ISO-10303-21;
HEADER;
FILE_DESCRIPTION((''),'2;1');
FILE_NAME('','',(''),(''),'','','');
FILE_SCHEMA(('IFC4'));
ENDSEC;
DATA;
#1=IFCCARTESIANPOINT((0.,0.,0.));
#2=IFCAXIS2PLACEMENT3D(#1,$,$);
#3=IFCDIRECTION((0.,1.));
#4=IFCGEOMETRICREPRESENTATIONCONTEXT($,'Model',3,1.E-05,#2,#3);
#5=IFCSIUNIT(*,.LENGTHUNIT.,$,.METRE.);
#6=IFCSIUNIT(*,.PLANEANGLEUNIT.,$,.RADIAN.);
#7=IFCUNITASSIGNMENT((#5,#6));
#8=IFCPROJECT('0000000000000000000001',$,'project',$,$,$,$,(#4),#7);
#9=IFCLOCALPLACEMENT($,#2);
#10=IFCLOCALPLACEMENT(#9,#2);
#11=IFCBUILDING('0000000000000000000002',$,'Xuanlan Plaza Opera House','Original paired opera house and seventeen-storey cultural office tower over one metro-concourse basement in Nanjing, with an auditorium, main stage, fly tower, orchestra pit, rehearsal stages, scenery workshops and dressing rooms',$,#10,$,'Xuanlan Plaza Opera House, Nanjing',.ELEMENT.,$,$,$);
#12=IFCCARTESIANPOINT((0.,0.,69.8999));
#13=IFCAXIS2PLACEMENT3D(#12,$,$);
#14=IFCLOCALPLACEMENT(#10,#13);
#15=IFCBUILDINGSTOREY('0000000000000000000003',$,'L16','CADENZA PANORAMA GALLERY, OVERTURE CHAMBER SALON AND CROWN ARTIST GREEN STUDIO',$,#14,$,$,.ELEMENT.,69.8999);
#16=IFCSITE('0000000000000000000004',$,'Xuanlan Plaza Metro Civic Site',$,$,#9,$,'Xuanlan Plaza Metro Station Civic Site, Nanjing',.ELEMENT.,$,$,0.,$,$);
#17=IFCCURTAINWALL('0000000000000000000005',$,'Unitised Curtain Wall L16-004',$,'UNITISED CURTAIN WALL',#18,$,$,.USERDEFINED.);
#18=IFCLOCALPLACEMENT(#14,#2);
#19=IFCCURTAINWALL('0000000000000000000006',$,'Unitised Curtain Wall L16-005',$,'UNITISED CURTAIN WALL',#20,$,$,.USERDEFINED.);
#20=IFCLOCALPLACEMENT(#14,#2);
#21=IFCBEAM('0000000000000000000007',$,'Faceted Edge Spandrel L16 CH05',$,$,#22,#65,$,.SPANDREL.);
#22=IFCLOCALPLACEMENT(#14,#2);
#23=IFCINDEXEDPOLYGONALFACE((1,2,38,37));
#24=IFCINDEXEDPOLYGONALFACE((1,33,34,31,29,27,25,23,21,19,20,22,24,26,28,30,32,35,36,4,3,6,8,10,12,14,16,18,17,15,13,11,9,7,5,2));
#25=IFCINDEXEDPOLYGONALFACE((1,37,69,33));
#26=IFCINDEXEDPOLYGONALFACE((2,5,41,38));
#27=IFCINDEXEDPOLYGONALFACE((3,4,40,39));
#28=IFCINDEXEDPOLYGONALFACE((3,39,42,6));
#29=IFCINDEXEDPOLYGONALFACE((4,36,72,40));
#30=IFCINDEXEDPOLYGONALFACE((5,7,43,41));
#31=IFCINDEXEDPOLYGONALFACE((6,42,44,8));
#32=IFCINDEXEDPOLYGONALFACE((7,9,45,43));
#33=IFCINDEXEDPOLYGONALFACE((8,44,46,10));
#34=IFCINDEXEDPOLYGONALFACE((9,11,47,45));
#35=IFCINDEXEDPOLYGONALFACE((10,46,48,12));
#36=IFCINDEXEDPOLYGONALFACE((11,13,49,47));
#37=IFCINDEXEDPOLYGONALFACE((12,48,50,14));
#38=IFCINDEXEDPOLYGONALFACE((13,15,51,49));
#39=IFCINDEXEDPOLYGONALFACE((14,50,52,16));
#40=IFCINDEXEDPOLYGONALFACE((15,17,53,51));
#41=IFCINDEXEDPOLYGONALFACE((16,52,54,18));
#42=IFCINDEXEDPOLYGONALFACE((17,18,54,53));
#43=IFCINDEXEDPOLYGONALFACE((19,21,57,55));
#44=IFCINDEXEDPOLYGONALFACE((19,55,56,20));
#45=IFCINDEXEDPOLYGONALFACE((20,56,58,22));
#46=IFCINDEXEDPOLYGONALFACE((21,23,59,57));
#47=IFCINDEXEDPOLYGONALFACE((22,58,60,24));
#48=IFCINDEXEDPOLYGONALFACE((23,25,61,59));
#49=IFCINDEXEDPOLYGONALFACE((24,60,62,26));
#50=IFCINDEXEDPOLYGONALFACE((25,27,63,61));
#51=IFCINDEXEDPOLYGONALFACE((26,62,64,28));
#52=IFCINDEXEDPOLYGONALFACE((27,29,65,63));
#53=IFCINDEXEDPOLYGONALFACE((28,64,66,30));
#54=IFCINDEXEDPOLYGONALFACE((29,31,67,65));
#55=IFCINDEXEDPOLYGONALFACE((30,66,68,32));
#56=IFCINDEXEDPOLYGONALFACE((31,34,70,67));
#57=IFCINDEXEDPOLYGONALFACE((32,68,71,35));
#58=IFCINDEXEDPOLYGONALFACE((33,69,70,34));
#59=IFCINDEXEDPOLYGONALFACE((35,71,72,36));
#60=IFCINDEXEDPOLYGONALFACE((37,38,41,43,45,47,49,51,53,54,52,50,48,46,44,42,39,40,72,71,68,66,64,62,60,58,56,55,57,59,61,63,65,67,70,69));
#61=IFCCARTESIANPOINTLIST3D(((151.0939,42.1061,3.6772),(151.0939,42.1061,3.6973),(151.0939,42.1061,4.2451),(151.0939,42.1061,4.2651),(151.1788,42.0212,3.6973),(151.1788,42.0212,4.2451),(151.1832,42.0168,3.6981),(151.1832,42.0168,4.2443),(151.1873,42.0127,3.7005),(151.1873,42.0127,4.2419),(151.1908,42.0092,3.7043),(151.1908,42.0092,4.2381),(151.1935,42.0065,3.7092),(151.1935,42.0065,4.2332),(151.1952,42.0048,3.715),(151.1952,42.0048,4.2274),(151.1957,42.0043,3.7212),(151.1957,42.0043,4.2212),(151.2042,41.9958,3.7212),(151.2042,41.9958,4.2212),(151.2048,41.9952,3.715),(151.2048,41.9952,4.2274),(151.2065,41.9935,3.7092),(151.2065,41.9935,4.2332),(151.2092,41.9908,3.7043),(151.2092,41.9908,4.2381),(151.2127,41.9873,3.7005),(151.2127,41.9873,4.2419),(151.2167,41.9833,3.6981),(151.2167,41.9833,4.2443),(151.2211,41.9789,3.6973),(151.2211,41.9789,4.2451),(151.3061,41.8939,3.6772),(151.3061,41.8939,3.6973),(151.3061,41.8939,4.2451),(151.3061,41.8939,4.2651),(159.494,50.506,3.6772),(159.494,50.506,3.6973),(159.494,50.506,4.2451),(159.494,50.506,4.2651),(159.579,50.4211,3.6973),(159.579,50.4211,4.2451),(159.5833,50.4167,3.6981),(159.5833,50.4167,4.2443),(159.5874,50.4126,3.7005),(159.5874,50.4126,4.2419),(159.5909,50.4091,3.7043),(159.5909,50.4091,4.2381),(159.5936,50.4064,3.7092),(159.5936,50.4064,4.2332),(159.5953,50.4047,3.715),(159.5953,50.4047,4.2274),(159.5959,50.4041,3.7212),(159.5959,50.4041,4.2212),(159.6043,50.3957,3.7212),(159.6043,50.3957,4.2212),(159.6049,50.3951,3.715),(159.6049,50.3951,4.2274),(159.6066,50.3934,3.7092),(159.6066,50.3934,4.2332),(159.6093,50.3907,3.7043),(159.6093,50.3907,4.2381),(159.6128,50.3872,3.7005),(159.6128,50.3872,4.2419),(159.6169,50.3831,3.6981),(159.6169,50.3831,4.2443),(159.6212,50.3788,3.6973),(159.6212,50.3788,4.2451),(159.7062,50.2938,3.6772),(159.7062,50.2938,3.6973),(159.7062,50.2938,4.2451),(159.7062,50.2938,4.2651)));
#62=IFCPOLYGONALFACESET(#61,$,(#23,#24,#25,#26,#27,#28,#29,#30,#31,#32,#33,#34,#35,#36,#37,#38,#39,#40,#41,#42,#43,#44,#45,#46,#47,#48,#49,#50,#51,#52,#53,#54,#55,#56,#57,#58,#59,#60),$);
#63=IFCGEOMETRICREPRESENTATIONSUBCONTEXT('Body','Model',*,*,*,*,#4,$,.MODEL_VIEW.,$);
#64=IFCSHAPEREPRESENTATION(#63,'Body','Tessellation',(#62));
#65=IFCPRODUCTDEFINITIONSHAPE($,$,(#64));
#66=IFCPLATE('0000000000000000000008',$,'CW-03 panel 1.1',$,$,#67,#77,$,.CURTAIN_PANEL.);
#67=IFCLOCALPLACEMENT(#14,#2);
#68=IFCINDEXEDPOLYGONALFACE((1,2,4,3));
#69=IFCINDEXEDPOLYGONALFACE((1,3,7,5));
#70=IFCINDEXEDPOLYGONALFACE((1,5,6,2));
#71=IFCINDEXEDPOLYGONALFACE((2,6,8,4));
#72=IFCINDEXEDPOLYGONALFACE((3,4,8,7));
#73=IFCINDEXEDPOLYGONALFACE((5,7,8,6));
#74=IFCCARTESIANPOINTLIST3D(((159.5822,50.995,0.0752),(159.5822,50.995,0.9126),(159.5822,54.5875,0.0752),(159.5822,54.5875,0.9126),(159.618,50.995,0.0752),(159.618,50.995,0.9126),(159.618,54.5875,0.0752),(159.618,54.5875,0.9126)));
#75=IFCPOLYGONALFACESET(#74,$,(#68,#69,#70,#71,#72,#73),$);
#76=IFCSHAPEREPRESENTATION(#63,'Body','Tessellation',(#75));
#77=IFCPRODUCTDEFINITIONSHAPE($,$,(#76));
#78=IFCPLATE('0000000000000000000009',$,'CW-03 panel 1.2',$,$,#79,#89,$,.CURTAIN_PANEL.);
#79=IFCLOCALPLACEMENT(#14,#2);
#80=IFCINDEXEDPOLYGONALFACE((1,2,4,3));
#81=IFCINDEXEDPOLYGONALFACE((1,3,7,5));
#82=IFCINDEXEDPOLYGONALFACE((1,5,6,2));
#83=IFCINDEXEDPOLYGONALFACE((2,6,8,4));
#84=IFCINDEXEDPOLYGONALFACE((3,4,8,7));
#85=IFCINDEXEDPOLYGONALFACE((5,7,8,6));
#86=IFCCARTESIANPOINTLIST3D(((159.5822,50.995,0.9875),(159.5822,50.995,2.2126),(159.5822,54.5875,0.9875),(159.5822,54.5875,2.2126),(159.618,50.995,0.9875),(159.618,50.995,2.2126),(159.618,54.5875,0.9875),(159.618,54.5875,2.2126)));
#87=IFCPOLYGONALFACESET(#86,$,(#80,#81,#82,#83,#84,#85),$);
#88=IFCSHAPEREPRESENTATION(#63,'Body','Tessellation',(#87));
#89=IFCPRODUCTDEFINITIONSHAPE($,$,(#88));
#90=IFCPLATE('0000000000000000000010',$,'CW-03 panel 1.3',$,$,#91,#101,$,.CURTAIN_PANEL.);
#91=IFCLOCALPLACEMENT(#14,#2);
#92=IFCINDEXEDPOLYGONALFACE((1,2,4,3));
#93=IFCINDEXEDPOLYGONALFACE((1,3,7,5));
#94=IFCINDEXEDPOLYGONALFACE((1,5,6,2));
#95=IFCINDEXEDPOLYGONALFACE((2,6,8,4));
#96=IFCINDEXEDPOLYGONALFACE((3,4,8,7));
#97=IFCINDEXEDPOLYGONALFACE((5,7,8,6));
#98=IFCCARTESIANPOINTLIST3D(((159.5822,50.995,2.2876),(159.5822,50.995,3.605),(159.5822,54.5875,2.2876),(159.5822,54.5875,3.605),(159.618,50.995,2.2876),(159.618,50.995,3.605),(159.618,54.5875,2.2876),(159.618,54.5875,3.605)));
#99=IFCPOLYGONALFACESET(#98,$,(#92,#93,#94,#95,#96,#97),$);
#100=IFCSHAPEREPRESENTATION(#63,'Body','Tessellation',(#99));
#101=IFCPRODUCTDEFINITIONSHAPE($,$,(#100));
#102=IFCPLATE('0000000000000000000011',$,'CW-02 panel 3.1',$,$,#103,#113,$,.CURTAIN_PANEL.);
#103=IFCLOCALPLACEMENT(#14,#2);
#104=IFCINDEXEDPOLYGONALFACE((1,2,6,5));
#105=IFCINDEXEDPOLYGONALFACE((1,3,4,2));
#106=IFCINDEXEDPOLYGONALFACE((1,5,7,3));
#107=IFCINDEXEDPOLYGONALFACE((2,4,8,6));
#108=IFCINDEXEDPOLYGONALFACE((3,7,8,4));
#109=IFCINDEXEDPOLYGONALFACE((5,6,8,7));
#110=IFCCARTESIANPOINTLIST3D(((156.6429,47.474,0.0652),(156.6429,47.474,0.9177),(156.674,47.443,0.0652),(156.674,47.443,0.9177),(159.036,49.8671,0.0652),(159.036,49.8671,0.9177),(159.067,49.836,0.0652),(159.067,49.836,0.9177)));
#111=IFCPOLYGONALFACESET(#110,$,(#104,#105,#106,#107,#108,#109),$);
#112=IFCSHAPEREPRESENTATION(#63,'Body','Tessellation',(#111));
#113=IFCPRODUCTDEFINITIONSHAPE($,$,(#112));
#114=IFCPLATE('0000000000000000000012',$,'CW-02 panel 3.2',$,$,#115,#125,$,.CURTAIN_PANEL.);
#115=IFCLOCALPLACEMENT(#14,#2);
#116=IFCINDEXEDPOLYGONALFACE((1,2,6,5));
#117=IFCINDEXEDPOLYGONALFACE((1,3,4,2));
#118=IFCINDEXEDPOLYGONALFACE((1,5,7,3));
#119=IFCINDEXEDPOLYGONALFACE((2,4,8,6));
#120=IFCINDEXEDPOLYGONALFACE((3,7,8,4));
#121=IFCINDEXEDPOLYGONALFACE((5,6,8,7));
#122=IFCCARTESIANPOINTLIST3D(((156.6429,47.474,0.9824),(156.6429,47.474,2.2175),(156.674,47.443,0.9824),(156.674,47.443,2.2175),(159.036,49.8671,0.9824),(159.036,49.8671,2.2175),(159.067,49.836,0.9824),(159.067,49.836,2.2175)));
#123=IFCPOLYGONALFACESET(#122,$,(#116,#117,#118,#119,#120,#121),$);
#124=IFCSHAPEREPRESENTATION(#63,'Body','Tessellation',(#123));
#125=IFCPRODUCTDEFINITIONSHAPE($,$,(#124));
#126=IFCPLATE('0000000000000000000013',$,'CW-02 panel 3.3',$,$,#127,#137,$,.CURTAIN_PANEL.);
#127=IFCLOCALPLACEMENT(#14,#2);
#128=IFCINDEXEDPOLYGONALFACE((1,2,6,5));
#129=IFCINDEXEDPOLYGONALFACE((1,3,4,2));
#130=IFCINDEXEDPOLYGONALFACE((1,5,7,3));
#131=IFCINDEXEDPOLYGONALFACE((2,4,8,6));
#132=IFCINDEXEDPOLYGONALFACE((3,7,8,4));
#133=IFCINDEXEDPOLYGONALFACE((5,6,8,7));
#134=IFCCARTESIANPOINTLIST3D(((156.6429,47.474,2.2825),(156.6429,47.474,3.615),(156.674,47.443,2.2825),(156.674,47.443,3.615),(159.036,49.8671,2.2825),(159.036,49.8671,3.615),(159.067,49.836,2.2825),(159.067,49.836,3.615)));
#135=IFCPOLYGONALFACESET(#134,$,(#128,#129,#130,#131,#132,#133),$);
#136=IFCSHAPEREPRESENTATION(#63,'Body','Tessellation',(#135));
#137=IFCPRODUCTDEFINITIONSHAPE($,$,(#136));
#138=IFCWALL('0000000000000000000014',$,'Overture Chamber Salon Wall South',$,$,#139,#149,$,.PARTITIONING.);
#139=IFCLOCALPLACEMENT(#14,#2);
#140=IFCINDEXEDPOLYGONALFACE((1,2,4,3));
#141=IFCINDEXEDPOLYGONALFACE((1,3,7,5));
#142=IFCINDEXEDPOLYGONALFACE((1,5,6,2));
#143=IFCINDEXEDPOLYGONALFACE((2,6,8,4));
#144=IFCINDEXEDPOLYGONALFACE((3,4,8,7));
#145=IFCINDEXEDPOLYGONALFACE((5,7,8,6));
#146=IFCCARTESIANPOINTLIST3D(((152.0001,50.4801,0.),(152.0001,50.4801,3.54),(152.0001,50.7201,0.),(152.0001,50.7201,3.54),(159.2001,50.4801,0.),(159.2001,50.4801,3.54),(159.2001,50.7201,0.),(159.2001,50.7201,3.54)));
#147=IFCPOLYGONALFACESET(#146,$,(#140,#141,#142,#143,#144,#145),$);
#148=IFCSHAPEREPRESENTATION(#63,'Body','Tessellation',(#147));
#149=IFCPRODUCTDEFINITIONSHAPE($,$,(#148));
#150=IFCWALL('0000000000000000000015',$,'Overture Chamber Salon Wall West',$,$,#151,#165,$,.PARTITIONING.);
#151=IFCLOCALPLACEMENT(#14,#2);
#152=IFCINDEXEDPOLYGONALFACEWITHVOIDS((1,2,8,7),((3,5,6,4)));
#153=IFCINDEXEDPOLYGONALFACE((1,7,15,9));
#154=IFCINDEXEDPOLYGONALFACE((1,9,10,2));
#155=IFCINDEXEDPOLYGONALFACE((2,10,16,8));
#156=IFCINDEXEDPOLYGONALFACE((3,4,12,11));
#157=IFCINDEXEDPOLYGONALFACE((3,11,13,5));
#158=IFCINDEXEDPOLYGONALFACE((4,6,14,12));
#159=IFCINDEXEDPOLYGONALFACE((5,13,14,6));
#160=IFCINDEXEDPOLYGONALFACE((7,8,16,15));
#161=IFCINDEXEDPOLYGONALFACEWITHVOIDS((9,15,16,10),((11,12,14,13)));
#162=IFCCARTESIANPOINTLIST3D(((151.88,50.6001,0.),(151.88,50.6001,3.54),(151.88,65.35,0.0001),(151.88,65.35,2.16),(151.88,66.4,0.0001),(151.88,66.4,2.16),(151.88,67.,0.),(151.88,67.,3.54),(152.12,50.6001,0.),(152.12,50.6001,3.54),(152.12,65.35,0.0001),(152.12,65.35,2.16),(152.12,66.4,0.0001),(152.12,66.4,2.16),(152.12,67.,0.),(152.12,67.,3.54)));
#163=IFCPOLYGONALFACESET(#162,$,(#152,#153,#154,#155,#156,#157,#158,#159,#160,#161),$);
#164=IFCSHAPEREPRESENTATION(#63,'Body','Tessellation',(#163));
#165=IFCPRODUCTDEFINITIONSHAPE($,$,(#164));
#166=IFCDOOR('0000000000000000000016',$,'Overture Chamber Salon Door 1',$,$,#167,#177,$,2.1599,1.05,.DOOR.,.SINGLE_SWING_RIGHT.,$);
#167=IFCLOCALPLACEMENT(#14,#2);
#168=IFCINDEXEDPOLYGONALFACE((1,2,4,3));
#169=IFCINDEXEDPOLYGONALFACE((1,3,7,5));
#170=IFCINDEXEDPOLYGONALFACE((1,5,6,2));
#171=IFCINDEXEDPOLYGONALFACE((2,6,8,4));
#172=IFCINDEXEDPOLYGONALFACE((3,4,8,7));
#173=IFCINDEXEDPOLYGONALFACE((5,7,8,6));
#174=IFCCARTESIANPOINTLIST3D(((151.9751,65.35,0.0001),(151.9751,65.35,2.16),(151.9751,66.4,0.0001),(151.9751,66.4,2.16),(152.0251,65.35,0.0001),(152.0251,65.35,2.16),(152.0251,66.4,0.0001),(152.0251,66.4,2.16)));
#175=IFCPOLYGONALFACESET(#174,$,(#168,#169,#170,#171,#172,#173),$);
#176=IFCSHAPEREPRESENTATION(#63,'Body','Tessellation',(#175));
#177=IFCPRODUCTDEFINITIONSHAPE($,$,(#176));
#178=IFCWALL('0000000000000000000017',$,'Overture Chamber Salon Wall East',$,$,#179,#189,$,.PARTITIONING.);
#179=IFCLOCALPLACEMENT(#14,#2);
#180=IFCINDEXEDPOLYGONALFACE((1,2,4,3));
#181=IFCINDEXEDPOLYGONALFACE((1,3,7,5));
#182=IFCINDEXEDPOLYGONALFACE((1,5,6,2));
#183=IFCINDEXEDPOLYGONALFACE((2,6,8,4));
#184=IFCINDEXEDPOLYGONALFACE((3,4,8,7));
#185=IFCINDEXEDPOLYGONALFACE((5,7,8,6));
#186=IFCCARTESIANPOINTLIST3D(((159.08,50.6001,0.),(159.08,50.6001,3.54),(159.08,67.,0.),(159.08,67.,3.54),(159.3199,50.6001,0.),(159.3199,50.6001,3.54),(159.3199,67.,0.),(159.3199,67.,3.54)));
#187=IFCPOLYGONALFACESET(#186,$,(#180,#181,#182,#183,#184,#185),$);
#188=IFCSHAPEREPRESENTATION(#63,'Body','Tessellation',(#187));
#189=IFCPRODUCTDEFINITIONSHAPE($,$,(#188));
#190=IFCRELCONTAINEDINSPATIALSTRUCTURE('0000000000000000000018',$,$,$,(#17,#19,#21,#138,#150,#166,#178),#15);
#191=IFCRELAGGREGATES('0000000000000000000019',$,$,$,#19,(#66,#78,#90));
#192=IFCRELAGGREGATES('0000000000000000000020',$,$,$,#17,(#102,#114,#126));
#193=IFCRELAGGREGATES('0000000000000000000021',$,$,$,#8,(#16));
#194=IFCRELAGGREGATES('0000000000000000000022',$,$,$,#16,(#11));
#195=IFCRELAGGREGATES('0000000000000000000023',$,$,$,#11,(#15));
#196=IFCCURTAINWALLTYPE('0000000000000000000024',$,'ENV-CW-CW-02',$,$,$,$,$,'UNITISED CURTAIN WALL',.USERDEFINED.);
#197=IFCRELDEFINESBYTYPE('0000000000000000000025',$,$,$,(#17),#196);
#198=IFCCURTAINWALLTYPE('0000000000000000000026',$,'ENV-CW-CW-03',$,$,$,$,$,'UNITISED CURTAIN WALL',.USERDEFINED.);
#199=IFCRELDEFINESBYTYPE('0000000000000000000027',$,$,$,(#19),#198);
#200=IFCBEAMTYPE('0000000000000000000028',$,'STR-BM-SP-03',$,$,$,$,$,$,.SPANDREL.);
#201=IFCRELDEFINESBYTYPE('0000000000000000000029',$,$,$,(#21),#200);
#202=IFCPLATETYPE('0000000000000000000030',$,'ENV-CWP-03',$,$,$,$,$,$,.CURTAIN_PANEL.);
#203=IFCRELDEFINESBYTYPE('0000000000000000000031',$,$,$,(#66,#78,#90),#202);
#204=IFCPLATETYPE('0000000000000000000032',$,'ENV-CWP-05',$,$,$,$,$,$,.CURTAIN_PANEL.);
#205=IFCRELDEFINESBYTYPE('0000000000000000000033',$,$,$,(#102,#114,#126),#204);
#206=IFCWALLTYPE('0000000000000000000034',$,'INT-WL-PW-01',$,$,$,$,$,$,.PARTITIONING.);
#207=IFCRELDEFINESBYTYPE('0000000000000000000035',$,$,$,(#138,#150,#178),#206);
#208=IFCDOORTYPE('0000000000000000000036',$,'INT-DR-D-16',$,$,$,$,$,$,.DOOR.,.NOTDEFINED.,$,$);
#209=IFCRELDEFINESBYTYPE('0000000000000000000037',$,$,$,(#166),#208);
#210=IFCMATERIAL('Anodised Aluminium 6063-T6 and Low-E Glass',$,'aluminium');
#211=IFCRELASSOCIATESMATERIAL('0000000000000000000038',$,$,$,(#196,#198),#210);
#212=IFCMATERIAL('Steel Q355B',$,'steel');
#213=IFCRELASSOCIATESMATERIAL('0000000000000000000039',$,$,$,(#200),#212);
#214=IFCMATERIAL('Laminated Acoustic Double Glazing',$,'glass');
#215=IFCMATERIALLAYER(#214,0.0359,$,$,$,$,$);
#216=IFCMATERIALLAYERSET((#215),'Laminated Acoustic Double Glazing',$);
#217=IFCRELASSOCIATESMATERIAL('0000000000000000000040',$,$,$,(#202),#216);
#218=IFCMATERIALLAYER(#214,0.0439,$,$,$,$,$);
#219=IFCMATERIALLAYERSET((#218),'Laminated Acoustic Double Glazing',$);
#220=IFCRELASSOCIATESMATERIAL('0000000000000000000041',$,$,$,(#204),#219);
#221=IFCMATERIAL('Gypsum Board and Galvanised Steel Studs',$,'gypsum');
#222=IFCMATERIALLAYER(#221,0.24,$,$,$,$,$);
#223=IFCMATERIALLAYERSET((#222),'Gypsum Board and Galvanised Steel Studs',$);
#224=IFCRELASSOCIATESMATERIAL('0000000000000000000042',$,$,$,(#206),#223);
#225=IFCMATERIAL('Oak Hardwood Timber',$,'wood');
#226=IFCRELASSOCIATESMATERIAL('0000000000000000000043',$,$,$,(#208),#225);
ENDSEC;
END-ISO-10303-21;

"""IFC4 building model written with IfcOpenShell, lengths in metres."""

from ifc_helpers import new_model, si_unit, direction, frame, frame_2d, origin, origin_2d, place, context, subcontext, project, spatial, rectangle, i_section, extrude, material, layer, layer_set, material_profile, profile_set, type_object, element, fill, aggregate, save


model = new_model("IFC4")

# Units and contexts
model_context = context("Model", 3, precision=1e-05, world=origin(), true_north=direction((0.0, 1.0)))
body_context = subcontext(model_context, "Body", "Model", "MODEL_VIEW")
ifc_project = project(units=[si_unit("LENGTHUNIT", "METRE"), si_unit("PLANEANGLEUNIT", "RADIAN")], contexts=[model_context])

# Site, building, storey
site_placement = place(None, origin())
site = spatial("IfcSite", under=ifc_project, at=site_placement, Name="Xuanlan Plaza Metro Civic Site", LongName="Xuanlan Plaza Metro Station Civic Site, Nanjing", CompositionType="ELEMENT", RefElevation=0.0)
building_placement = place(site_placement, origin())
building = spatial("IfcBuilding", under=site, at=building_placement, Name="Xuanlan Plaza Opera House", Description="Original paired opera house and seventeen-storey cultural office tower over one metro-concourse basement in Nanjing, with an auditorium, main stage, fly tower, orchestra pit, rehearsal stages, scenery workshops and dressing rooms", LongName="Xuanlan Plaza Opera House, Nanjing", CompositionType="ELEMENT")
storey_placement = place(building_placement, frame((0.0, 0.0, 69.8999)))
storey = spatial("IfcBuildingStorey", under=building, at=storey_placement, Name="L16", Description="CADENZA PANORAMA GALLERY, OVERTURE CHAMBER SALON AND CROWN ARTIST GREEN STUDIO", CompositionType="ELEMENT", Elevation=69.8999)

# Curtain wall
ifc_material_1 = material(Name="Anodised Aluminium 6063-T6 and Low-E Glass", Category="aluminium")
curtain_wall_type_1 = type_object("IfcCurtainWallType", Name="ENV-CW-CW-02", ElementType="UNITISED CURTAIN WALL", PredefinedType="USERDEFINED", material=ifc_material_1)
curtain_wall_1_placement = place(storey_placement, origin())
curtain_wall_1 = element("IfcCurtainWall", 1, at=curtain_wall_1_placement, inside=storey, type_object=curtain_wall_type_1, Name="Unitised Curtain Wall L16-004", ObjectType="UNITISED CURTAIN WALL", PredefinedType="USERDEFINED")

# Curtain wall
curtain_wall_type_2 = type_object("IfcCurtainWallType", Name="ENV-CW-CW-03", ElementType="UNITISED CURTAIN WALL", PredefinedType="USERDEFINED", material=ifc_material_1)
curtain_wall_2_placement = place(storey_placement, origin())
curtain_wall_2 = element("IfcCurtainWall", 2, at=curtain_wall_2_placement, inside=storey, type_object=curtain_wall_type_2, Name="Unitised Curtain Wall L16-005", ObjectType="UNITISED CURTAIN WALL", PredefinedType="USERDEFINED")

# Beam
ifc_material_2 = material(Name="Steel Q355B", Category="steel")
ifc_material_profile_1 = material_profile(ifc_material_2, i_section(OverallWidth=0.3, OverallDepth=0.5879, WebThickness=0.012, FlangeThickness=0.02, FilletRadius=0.0239, at=origin_2d()), Name="HM 588x300x12x20")
ifc_profile_set_1 = profile_set([ifc_material_profile_1], Name="Steel Q355B")
beam_type_1 = type_object("IfcBeamType", Name="STR-BM-SP-03", PredefinedType="SPANDREL", material=ifc_profile_set_1)
beam_1_placement = place(storey_placement, frame((159.6001, 50.3999, 3.9712), z_axis=(-0.707117, -0.707097, 0.0), x_axis=(0.707097, -0.707117, 0.0)))
element("IfcBeam", 3, at=beam_1_placement, inside=storey, type_object=beam_type_1, Name="Faceted Edge Spandrel L16 CH05", PredefinedType="SPANDREL", context=body_context, shape_type="SweptSolid", body=[
    extrude(i_section(OverallWidth=0.3, OverallDepth=0.5879, WebThickness=0.012, FlangeThickness=0.02, FilletRadius=0.0239, at=origin_2d()), origin(), (0.0, 0.0, 1.0), 11.8794),
])

# Plates
ifc_material_3 = material(Name="Laminated Acoustic Double Glazing", Category="glass")
ifc_layer_1 = layer(ifc_material_3, 0.0359)
ifc_layer_set_1 = layer_set([ifc_layer_1], Name="Laminated Acoustic Double Glazing")
plate_type_1 = type_object("IfcPlateType", Name="ENV-CWP-03", PredefinedType="CURTAIN_PANEL", material=ifc_layer_set_1)
plate_1_placement = place(storey_placement, frame((159.6001, 52.7913, 0.0752), z_axis=(0.0, 0.0, 1.0), x_axis=(0.0, 1.0, 0.0)))
plate_1 = element("IfcPlate", 4, at=plate_1_placement, type_object=plate_type_1, Name="CW-03 panel 1.1", PredefinedType="CURTAIN_PANEL", context=body_context, shape_type="SweptSolid", body=[
    extrude(rectangle(XDim=3.5925, YDim=0.0359, at=origin_2d()), origin(), (0.0, 0.0, 1.0), 0.8374),
])
plate_2_placement = place(storey_placement, frame((159.6001, 52.7913, 0.9875), z_axis=(0.0, 0.0, 1.0), x_axis=(0.0, 1.0, 0.0)))
plate_2 = element("IfcPlate", 5, at=plate_2_placement, type_object=plate_type_1, Name="CW-03 panel 1.2", PredefinedType="CURTAIN_PANEL", context=body_context, shape_type="SweptSolid", body=[
    extrude(rectangle(XDim=3.5925, YDim=0.0359, at=origin_2d()), origin(), (0.0, 0.0, 1.0), 1.2251),
])
plate_3_placement = place(storey_placement, frame((159.6001, 52.7913, 2.2876), z_axis=(0.0, 0.0, 1.0), x_axis=(0.0, 1.0, 0.0)))
plate_3 = element("IfcPlate", 6, at=plate_3_placement, type_object=plate_type_1, Name="CW-03 panel 1.3", PredefinedType="CURTAIN_PANEL", context=body_context, shape_type="SweptSolid", body=[
    extrude(rectangle(XDim=3.5925, YDim=0.0359, at=origin_2d()), origin(), (0.0, 0.0, 1.0), 1.3174),
])
aggregate(curtain_wall_2, [plate_1, plate_2, plate_3])
ifc_layer_2 = layer(ifc_material_3, 0.0439)
ifc_layer_set_2 = layer_set([ifc_layer_2], Name="Laminated Acoustic Double Glazing")
plate_type_2 = type_object("IfcPlateType", Name="ENV-CWP-05", PredefinedType="CURTAIN_PANEL", material=ifc_layer_set_2)
plate_4_placement = place(storey_placement, frame((157.855, 48.655, 0.0652), z_axis=(0.0, 0.0, 1.0), x_axis=(0.707107, 0.707107, 0.0)))
plate_4 = element("IfcPlate", 7, at=plate_4_placement, type_object=plate_type_2, Name="CW-02 panel 3.1", PredefinedType="CURTAIN_PANEL", context=body_context, shape_type="SweptSolid", body=[
    extrude(rectangle(XDim=3.3843, YDim=0.0439, at=origin_2d()), origin(), (0.0, 0.0, 1.0), 0.8525),
])
plate_5_placement = place(storey_placement, frame((157.855, 48.655, 0.9824), z_axis=(0.0, 0.0, 1.0), x_axis=(0.707107, 0.707107, 0.0)))
plate_5 = element("IfcPlate", 8, at=plate_5_placement, type_object=plate_type_2, Name="CW-02 panel 3.2", PredefinedType="CURTAIN_PANEL", context=body_context, shape_type="SweptSolid", body=[
    extrude(rectangle(XDim=3.3843, YDim=0.0439, at=origin_2d()), origin(), (0.0, 0.0, 1.0), 1.2351),
])
plate_6_placement = place(storey_placement, frame((157.855, 48.655, 2.2825), z_axis=(0.0, 0.0, 1.0), x_axis=(0.707107, 0.707107, 0.0)))
plate_6 = element("IfcPlate", 9, at=plate_6_placement, type_object=plate_type_2, Name="CW-02 panel 3.3", PredefinedType="CURTAIN_PANEL", context=body_context, shape_type="SweptSolid", body=[
    extrude(rectangle(XDim=3.3843, YDim=0.0439, at=origin_2d()), origin(), (0.0, 0.0, 1.0), 1.3325),
])
aggregate(curtain_wall_1, [plate_4, plate_5, plate_6])

# Wall
ifc_material_4 = material(Name="Gypsum Board and Galvanised Steel Studs", Category="gypsum")
ifc_layer_3 = layer(ifc_material_4, 0.24)
ifc_layer_set_3 = layer_set([ifc_layer_3], Name="Gypsum Board and Galvanised Steel Studs")
wall_type = type_object("IfcWallType", Name="INT-WL-PW-01", PredefinedType="PARTITIONING", material=ifc_layer_set_3)
wall_1_placement = place(storey_placement, frame((152.0, 50.6001, 0.0), z_axis=(0.0, 0.0, 1.0), x_axis=(1.0, 0.0, 0.0)))
element("IfcWall", 10, at=wall_1_placement, inside=storey, type_object=wall_type, Name="Overture Chamber Salon Wall South", PredefinedType="PARTITIONING", context=body_context, shape_type="SweptSolid", body=[
    extrude(rectangle(XDim=7.2, YDim=0.24, at=frame_2d((3.6001, 0.0))), origin(), (0.0, 0.0, 1.0), 3.54),
])

# Wall, opening, door
wall_2_placement = place(storey_placement, frame((152.0, 50.6001, 0.0), z_axis=(0.0, 0.0, 1.0), x_axis=(0.0, 1.0, 0.0)))
wall_2 = element("IfcWall", 11, at=wall_2_placement, inside=storey, type_object=wall_type, Name="Overture Chamber Salon Wall West", PredefinedType="PARTITIONING", context=body_context, shape_type="SweptSolid", body=[
    extrude(rectangle(XDim=16.3999, YDim=0.24, at=frame_2d((8.2, 0.0))), origin(), (0.0, 0.0, 1.0), 3.54),
])
opening_placement = place(wall_2_placement, frame((14.75, 0.0, 0.0)))
opening = element("IfcOpeningElement", 12, at=opening_placement, cuts=wall_2, PredefinedType="OPENING", context=body_context, shape_type="SweptSolid", body=[
    extrude(rectangle(XDim=1.05, YDim=2.1599, at=frame_2d((0.5249, 1.0801))), frame((0.0, 0.1299, 0.0), z_axis=(0.0, -1.0, 0.0), x_axis=(1.0, 0.0, 0.0)), (0.0, 0.0, 1.0), 0.26),
])
ifc_material_5 = material(Name="Oak Hardwood Timber", Category="wood")
door_type = type_object("IfcDoorType", Name="INT-DR-D-16", OperationType="NOTDEFINED", PredefinedType="DOOR", material=ifc_material_5)
door_placement = place(opening_placement, origin())
door = element("IfcDoor", 13, at=door_placement, inside=storey, type_object=door_type, Name="Overture Chamber Salon Door 1", OperationType="SINGLE_SWING_RIGHT", OverallHeight=2.1599, OverallWidth=1.05, PredefinedType="DOOR", context=body_context, shape_type="SweptSolid", body=[
    extrude(rectangle(XDim=1.05, YDim=2.1599, at=frame_2d((0.5249, 1.0801))), frame((0.0, 0.0249, 0.0), z_axis=(0.0, -1.0, 0.0), x_axis=(1.0, 0.0, 0.0)), (0.0, 0.0, 1.0), 0.05),
])
fill(opening, door)

# Wall
wall_3_placement = place(storey_placement, frame((159.2, 50.6001, 0.0), z_axis=(0.0, 0.0, 1.0), x_axis=(0.0, 1.0, 0.0)))
element("IfcWall", 14, at=wall_3_placement, inside=storey, type_object=wall_type, Name="Overture Chamber Salon Wall East", PredefinedType="PARTITIONING", context=body_context, shape_type="SweptSolid", body=[
    extrude(rectangle(XDim=16.3999, YDim=0.24, at=frame_2d((8.2, 0.0))), origin(), (0.0, 0.0, 1.0), 3.54),
])

save(model, "model.ifc")
